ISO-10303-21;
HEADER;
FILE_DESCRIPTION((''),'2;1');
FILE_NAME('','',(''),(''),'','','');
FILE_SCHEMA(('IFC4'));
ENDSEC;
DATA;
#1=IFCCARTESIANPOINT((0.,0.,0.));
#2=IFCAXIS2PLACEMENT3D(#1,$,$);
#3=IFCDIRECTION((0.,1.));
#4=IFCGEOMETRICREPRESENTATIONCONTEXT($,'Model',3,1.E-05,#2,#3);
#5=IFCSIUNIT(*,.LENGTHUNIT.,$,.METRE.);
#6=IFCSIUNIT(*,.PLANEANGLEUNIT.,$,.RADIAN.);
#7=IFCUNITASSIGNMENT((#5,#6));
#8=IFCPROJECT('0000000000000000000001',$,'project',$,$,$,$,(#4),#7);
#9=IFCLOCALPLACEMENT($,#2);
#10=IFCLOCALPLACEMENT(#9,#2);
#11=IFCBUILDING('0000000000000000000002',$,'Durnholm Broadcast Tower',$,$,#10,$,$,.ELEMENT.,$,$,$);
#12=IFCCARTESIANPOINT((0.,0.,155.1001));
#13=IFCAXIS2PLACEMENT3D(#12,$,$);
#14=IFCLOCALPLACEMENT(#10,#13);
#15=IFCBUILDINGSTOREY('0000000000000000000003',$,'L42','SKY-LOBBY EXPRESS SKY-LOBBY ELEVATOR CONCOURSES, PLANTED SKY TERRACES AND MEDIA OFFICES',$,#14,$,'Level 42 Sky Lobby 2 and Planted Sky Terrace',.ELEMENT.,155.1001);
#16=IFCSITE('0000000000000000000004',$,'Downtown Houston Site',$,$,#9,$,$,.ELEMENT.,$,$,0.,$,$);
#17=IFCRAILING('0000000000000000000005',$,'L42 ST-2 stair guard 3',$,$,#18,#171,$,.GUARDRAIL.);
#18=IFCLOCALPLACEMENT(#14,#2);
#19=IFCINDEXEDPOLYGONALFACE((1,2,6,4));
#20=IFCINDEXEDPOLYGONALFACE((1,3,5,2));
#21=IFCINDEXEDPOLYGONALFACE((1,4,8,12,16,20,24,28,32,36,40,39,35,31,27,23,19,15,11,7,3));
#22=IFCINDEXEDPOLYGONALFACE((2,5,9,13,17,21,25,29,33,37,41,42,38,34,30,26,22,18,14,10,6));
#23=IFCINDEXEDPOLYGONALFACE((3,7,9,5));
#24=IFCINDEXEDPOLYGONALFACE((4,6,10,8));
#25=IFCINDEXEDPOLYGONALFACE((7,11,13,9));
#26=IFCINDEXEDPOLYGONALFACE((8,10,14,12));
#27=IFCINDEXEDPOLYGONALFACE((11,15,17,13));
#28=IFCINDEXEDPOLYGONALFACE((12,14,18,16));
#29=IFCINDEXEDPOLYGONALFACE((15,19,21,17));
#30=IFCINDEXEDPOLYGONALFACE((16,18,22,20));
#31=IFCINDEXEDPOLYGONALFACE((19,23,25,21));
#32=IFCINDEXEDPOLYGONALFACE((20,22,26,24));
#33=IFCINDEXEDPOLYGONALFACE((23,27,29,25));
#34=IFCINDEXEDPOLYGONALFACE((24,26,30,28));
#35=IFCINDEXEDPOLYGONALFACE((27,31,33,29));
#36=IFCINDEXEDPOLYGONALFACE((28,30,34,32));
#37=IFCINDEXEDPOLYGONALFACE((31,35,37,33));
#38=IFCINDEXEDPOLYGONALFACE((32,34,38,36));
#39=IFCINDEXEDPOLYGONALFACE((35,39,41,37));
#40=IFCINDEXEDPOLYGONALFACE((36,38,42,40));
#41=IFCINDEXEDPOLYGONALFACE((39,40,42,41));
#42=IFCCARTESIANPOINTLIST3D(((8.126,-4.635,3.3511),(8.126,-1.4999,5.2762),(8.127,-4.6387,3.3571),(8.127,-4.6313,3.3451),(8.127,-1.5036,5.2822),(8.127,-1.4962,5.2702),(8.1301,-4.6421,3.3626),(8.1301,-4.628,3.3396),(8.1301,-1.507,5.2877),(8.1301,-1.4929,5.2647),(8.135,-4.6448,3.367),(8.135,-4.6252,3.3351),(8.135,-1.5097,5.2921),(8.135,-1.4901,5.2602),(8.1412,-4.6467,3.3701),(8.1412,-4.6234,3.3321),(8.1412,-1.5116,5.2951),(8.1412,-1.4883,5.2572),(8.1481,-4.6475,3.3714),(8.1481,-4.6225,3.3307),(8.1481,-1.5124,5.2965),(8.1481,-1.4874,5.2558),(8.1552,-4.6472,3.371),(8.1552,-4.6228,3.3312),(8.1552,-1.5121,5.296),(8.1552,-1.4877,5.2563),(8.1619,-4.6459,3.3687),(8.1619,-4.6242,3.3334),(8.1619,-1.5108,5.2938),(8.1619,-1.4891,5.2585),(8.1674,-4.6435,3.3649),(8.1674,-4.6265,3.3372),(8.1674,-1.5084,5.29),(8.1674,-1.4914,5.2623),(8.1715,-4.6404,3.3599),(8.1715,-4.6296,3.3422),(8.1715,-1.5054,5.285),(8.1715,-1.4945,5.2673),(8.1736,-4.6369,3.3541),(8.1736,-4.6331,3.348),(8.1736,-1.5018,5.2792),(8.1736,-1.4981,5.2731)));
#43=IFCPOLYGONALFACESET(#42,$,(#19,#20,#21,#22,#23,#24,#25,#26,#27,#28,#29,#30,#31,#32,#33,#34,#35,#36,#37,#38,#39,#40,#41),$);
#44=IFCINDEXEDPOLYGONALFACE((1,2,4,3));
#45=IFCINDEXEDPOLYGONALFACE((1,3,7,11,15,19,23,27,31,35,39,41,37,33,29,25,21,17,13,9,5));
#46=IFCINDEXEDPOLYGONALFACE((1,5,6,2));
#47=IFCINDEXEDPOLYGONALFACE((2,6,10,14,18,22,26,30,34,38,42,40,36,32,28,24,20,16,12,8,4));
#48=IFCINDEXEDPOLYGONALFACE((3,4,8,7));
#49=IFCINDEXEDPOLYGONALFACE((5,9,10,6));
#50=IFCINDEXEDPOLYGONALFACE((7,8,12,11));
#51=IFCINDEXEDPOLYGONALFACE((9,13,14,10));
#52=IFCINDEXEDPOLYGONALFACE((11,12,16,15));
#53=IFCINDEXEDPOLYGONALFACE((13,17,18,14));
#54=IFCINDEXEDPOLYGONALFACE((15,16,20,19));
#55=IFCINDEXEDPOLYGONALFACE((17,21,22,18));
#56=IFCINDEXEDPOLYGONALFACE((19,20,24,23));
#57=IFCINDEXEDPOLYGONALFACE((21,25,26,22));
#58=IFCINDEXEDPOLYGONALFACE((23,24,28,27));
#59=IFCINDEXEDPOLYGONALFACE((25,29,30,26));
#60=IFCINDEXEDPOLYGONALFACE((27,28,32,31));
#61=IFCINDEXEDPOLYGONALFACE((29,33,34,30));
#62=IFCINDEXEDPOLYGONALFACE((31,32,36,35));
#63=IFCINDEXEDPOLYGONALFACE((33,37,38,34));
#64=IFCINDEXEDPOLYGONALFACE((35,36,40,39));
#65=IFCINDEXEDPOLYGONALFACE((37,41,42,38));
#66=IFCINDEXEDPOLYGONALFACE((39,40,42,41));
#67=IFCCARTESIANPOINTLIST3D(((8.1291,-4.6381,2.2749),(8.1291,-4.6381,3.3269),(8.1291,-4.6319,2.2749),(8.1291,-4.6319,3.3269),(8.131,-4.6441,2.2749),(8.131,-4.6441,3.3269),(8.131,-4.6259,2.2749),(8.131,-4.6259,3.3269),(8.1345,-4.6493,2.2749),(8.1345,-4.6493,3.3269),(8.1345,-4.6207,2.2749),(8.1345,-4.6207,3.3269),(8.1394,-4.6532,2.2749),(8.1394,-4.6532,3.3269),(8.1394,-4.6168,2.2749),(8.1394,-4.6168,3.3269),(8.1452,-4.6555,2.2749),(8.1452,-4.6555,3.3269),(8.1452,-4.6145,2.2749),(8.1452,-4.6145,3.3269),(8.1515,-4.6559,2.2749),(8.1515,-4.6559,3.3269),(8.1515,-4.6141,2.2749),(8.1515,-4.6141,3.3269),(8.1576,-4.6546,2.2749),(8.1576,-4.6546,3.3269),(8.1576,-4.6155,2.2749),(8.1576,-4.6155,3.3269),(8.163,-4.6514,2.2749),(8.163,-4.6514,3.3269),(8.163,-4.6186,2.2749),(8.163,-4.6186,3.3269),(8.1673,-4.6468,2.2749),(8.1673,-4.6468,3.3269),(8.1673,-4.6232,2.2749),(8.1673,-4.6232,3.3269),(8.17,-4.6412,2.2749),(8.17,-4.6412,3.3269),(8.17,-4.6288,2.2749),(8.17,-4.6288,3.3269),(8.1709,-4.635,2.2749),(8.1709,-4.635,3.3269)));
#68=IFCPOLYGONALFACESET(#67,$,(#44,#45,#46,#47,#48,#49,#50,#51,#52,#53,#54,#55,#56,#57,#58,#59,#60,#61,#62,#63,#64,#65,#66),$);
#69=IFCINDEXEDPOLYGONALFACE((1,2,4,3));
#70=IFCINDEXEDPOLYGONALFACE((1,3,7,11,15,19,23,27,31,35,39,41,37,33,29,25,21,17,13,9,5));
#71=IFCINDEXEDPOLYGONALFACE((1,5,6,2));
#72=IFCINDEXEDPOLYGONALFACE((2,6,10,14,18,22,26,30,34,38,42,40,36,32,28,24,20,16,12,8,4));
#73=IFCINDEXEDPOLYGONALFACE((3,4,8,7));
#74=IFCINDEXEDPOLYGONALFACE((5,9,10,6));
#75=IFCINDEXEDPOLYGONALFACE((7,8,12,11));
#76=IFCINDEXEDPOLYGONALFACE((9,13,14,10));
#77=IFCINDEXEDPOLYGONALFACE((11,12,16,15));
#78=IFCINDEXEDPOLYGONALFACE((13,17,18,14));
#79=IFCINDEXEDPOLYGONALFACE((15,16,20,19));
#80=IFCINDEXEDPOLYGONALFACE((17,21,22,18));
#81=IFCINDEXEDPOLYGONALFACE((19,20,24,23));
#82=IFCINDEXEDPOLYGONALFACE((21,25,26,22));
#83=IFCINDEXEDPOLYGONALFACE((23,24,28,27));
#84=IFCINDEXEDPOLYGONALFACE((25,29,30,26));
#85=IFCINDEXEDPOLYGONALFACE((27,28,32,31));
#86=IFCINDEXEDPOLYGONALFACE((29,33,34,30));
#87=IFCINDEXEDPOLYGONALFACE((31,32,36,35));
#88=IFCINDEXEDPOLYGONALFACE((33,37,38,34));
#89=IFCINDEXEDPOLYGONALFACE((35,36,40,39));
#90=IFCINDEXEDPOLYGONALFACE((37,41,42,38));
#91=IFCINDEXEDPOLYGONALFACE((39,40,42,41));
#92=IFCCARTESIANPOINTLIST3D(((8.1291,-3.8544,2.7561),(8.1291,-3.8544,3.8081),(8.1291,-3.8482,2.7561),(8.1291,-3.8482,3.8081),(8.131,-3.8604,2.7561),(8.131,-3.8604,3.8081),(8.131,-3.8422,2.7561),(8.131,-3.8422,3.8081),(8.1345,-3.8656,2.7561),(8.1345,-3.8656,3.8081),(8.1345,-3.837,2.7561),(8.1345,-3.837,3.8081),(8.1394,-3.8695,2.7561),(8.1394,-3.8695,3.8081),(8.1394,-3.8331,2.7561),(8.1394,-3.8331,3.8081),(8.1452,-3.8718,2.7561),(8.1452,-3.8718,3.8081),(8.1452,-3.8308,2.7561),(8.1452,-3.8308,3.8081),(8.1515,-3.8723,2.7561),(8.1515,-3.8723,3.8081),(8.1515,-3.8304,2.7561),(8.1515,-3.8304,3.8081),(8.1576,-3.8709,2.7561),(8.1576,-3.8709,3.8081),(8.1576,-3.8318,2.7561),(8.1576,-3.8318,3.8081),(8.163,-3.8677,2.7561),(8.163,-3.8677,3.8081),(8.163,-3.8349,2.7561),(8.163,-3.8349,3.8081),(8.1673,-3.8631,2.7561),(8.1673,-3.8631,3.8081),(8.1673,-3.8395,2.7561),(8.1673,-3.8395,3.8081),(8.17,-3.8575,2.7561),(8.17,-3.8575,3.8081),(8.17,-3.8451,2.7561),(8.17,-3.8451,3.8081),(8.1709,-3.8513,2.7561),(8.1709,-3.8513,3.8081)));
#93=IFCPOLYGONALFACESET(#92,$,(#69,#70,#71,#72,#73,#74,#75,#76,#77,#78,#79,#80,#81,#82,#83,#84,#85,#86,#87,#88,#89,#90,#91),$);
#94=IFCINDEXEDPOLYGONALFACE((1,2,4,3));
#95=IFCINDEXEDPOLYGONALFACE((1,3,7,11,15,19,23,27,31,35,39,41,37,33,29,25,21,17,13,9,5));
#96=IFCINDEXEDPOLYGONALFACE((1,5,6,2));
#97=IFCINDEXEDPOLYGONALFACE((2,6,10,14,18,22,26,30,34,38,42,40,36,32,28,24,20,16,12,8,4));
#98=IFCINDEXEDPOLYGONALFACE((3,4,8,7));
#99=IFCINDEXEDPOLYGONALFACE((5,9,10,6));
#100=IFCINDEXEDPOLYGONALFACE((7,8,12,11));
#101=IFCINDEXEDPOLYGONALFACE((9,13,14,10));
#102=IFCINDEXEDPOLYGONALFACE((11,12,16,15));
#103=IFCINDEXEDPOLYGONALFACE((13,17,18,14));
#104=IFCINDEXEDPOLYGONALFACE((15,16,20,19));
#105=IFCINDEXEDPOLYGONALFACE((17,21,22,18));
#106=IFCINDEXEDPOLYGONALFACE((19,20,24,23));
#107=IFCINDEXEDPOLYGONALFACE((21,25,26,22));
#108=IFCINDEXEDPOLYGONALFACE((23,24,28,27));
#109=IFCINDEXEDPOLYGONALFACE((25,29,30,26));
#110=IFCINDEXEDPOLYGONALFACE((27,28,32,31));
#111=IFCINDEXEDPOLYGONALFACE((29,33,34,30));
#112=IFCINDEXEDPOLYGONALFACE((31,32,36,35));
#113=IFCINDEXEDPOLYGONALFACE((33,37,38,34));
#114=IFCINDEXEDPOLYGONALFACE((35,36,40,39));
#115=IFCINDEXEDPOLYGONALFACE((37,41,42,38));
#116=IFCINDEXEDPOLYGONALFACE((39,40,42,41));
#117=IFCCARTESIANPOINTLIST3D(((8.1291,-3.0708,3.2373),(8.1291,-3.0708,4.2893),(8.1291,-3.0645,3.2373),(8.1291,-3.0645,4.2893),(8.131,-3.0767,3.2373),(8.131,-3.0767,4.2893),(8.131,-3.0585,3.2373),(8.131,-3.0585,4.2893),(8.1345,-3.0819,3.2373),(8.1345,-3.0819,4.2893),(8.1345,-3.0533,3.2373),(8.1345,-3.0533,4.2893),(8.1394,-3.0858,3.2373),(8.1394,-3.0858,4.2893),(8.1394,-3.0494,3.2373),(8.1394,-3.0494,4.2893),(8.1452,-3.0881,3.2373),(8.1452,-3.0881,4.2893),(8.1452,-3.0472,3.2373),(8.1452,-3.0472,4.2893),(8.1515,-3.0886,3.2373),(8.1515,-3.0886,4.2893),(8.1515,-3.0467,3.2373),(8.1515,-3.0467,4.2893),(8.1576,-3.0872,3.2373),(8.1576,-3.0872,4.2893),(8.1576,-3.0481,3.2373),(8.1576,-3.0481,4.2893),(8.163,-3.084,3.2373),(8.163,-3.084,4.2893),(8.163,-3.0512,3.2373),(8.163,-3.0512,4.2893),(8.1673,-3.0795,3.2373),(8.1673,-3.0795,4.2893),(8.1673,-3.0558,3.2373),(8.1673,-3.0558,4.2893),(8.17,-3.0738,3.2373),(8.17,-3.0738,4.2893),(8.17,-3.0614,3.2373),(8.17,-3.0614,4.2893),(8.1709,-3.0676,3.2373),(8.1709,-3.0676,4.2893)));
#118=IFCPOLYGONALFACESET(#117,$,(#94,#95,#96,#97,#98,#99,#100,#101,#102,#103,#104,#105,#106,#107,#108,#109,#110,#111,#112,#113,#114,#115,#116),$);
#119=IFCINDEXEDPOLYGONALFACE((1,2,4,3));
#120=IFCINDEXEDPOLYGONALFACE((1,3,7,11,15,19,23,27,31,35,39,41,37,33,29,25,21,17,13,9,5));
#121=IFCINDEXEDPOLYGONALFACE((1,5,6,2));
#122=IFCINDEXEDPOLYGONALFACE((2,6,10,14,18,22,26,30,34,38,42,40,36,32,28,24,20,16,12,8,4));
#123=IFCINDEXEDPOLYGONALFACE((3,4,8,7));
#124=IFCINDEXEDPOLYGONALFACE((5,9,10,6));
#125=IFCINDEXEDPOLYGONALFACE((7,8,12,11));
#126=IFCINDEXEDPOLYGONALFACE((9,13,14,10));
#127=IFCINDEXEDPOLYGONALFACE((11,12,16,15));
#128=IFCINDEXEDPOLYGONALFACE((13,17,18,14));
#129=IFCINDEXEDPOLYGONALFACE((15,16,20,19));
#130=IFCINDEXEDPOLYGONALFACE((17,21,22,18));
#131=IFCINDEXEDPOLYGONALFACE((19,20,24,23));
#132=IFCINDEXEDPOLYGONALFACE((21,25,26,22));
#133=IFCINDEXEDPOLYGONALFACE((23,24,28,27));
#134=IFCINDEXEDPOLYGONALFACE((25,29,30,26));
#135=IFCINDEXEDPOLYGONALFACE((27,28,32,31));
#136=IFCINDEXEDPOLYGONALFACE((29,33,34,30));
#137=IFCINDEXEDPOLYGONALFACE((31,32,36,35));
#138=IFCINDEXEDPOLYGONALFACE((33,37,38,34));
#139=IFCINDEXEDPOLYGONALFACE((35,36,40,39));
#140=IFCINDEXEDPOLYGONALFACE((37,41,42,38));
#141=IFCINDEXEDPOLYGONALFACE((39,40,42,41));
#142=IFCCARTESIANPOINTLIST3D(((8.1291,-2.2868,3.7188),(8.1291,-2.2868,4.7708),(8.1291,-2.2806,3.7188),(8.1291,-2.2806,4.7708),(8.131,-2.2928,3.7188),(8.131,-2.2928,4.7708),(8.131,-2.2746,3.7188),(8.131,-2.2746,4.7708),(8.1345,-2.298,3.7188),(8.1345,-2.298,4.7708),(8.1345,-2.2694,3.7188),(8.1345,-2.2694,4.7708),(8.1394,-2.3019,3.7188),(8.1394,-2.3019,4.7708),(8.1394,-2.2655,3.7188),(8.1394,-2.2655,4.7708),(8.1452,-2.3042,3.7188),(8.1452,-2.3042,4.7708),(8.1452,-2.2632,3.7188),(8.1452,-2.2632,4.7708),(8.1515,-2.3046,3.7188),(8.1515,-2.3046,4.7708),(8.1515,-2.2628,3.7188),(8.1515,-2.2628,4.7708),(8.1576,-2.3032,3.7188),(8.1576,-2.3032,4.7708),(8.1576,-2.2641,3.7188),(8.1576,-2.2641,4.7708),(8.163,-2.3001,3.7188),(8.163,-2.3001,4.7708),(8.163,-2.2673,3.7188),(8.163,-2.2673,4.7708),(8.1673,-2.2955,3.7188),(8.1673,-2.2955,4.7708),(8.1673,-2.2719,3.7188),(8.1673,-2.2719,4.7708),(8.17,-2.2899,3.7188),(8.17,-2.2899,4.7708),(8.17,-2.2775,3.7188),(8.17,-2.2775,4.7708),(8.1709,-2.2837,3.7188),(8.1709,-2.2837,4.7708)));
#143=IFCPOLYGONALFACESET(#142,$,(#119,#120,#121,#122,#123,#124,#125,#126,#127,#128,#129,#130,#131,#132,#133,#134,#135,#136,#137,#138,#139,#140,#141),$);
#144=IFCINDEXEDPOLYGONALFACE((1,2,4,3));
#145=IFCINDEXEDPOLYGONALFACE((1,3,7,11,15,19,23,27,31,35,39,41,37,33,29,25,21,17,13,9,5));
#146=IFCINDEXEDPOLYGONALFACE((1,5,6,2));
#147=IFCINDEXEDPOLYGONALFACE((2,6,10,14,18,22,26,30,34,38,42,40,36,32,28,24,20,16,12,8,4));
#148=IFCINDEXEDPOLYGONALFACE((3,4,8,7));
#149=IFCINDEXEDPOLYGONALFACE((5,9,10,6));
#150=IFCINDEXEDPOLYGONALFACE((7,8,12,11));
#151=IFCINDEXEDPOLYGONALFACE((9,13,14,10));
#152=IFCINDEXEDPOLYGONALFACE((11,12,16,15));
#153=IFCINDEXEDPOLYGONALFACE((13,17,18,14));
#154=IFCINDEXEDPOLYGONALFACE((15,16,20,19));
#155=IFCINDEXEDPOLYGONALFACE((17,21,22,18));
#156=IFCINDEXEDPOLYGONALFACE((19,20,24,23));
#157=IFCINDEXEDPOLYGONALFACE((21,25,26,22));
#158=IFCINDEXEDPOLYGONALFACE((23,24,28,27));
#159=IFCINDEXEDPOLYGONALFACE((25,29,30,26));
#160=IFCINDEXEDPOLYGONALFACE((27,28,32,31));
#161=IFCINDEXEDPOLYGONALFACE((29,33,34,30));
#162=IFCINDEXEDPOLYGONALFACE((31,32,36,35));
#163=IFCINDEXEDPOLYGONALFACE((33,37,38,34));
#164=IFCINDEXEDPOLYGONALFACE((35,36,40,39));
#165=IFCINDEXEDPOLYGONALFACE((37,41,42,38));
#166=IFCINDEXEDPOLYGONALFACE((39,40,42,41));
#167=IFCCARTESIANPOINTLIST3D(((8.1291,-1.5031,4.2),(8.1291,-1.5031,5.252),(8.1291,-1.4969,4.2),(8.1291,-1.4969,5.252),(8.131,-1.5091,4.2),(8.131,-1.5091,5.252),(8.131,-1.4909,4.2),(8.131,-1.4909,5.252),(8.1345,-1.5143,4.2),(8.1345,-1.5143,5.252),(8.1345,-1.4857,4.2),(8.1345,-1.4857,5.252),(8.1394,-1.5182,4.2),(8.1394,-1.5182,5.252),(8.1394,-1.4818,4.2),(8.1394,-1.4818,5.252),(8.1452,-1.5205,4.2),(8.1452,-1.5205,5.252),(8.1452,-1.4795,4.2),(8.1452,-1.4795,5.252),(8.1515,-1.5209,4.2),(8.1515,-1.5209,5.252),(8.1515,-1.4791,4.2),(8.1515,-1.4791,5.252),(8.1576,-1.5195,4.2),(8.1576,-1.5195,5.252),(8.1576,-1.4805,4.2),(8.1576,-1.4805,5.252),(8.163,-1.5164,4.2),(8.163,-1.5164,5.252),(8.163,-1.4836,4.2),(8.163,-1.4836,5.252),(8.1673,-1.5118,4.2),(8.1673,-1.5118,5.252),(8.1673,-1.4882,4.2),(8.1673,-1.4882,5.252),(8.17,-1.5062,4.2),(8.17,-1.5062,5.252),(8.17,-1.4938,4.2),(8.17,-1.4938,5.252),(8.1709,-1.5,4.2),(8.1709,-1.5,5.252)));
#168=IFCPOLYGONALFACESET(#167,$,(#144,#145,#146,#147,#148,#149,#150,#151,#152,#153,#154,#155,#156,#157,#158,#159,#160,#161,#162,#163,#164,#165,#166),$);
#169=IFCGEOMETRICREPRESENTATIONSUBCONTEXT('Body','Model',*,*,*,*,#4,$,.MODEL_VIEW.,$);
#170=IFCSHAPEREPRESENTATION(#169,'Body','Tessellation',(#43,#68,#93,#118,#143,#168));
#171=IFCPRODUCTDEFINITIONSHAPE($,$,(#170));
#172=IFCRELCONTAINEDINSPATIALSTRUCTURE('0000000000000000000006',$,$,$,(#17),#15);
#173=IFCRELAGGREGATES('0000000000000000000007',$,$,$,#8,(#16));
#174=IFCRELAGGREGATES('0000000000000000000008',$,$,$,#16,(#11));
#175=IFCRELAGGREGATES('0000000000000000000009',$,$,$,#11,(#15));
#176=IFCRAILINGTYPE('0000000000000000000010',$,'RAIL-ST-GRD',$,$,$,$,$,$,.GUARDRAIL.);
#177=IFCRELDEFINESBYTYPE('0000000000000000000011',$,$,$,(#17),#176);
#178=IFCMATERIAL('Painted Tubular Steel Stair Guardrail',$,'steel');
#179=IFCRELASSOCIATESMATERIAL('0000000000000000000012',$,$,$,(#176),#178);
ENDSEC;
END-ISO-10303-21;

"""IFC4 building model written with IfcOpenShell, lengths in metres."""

from ifc_helpers import new_model, si_unit, direction, frame, origin, origin_2d, place, context, subcontext, project, spatial, circle, extrude, material, type_object, element, save


model = new_model("IFC4")

# Units and contexts
model_context = context("Model", 3, precision=1e-05, world=origin(), true_north=direction((0.0, 1.0)))
body_context = subcontext(model_context, "Body", "Model", "MODEL_VIEW")
ifc_project = project(units=[si_unit("LENGTHUNIT", "METRE"), si_unit("PLANEANGLEUNIT", "RADIAN")], contexts=[model_context])

# Site, building, storey
site_placement = place(None, origin())
site = spatial("IfcSite", under=ifc_project, at=site_placement, Name="Downtown Houston Site", CompositionType="ELEMENT", RefElevation=0.0)
building_placement = place(site_placement, origin())
building = spatial("IfcBuilding", under=site, at=building_placement, Name="Durnholm Broadcast Tower", CompositionType="ELEMENT")
storey_placement = place(building_placement, frame((0.0, 0.0, 155.1001)))
storey = spatial("IfcBuildingStorey", under=building, at=storey_placement, Name="L42", Description="SKY-LOBBY EXPRESS SKY-LOBBY ELEVATOR CONCOURSES, PLANTED SKY TERRACES AND MEDIA OFFICES", LongName="Level 42 Sky Lobby 2 and Planted Sky Terrace", CompositionType="ELEMENT", Elevation=155.1001)

# Railing
ifc_material_1 = material(Name="Painted Tubular Steel Stair Guardrail", Category="steel")
railing_type_1 = type_object("IfcRailingType", Name="RAIL-ST-GRD", PredefinedType="GUARDRAIL", material=ifc_material_1)
railing_1_placement = place(storey_placement, frame((8.1499, -4.635, 2.2749)))
element("IfcRailing", 1, at=railing_1_placement, inside=storey, type_object=railing_type_1, Name="L42 ST-2 stair guard 3", PredefinedType="GUARDRAIL", context=body_context, shape_type="SweptSolid", body=[
    extrude(circle(Radius=0.0239, at=origin_2d()), frame((0.0, 0.0, 1.0762), z_axis=(0.0, 0.852166, 0.523271), x_axis=(-1.0, 0.0, 0.0)), (0.0, 0.0, 1.0), 3.679),
    extrude(circle(Radius=0.021, at=origin_2d()), origin(), (0.0, 0.0, 1.0), 1.052),
    extrude(circle(Radius=0.021, at=origin_2d()), frame((0.0, 0.7837, 0.4812)), (0.0, 0.0, 1.0), 1.052),
    extrude(circle(Radius=0.021, at=origin_2d()), frame((0.0, 1.5674, 0.9624)), (0.0, 0.0, 1.0), 1.052),
    extrude(circle(Radius=0.021, at=origin_2d()), frame((0.0, 2.3513, 1.4438)), (0.0, 0.0, 1.0), 1.052),
    extrude(circle(Radius=0.021, at=origin_2d()), frame((0.0, 3.135, 1.925)), (0.0, 0.0, 1.0), 1.052),
])

save(model, "model.ifc")
